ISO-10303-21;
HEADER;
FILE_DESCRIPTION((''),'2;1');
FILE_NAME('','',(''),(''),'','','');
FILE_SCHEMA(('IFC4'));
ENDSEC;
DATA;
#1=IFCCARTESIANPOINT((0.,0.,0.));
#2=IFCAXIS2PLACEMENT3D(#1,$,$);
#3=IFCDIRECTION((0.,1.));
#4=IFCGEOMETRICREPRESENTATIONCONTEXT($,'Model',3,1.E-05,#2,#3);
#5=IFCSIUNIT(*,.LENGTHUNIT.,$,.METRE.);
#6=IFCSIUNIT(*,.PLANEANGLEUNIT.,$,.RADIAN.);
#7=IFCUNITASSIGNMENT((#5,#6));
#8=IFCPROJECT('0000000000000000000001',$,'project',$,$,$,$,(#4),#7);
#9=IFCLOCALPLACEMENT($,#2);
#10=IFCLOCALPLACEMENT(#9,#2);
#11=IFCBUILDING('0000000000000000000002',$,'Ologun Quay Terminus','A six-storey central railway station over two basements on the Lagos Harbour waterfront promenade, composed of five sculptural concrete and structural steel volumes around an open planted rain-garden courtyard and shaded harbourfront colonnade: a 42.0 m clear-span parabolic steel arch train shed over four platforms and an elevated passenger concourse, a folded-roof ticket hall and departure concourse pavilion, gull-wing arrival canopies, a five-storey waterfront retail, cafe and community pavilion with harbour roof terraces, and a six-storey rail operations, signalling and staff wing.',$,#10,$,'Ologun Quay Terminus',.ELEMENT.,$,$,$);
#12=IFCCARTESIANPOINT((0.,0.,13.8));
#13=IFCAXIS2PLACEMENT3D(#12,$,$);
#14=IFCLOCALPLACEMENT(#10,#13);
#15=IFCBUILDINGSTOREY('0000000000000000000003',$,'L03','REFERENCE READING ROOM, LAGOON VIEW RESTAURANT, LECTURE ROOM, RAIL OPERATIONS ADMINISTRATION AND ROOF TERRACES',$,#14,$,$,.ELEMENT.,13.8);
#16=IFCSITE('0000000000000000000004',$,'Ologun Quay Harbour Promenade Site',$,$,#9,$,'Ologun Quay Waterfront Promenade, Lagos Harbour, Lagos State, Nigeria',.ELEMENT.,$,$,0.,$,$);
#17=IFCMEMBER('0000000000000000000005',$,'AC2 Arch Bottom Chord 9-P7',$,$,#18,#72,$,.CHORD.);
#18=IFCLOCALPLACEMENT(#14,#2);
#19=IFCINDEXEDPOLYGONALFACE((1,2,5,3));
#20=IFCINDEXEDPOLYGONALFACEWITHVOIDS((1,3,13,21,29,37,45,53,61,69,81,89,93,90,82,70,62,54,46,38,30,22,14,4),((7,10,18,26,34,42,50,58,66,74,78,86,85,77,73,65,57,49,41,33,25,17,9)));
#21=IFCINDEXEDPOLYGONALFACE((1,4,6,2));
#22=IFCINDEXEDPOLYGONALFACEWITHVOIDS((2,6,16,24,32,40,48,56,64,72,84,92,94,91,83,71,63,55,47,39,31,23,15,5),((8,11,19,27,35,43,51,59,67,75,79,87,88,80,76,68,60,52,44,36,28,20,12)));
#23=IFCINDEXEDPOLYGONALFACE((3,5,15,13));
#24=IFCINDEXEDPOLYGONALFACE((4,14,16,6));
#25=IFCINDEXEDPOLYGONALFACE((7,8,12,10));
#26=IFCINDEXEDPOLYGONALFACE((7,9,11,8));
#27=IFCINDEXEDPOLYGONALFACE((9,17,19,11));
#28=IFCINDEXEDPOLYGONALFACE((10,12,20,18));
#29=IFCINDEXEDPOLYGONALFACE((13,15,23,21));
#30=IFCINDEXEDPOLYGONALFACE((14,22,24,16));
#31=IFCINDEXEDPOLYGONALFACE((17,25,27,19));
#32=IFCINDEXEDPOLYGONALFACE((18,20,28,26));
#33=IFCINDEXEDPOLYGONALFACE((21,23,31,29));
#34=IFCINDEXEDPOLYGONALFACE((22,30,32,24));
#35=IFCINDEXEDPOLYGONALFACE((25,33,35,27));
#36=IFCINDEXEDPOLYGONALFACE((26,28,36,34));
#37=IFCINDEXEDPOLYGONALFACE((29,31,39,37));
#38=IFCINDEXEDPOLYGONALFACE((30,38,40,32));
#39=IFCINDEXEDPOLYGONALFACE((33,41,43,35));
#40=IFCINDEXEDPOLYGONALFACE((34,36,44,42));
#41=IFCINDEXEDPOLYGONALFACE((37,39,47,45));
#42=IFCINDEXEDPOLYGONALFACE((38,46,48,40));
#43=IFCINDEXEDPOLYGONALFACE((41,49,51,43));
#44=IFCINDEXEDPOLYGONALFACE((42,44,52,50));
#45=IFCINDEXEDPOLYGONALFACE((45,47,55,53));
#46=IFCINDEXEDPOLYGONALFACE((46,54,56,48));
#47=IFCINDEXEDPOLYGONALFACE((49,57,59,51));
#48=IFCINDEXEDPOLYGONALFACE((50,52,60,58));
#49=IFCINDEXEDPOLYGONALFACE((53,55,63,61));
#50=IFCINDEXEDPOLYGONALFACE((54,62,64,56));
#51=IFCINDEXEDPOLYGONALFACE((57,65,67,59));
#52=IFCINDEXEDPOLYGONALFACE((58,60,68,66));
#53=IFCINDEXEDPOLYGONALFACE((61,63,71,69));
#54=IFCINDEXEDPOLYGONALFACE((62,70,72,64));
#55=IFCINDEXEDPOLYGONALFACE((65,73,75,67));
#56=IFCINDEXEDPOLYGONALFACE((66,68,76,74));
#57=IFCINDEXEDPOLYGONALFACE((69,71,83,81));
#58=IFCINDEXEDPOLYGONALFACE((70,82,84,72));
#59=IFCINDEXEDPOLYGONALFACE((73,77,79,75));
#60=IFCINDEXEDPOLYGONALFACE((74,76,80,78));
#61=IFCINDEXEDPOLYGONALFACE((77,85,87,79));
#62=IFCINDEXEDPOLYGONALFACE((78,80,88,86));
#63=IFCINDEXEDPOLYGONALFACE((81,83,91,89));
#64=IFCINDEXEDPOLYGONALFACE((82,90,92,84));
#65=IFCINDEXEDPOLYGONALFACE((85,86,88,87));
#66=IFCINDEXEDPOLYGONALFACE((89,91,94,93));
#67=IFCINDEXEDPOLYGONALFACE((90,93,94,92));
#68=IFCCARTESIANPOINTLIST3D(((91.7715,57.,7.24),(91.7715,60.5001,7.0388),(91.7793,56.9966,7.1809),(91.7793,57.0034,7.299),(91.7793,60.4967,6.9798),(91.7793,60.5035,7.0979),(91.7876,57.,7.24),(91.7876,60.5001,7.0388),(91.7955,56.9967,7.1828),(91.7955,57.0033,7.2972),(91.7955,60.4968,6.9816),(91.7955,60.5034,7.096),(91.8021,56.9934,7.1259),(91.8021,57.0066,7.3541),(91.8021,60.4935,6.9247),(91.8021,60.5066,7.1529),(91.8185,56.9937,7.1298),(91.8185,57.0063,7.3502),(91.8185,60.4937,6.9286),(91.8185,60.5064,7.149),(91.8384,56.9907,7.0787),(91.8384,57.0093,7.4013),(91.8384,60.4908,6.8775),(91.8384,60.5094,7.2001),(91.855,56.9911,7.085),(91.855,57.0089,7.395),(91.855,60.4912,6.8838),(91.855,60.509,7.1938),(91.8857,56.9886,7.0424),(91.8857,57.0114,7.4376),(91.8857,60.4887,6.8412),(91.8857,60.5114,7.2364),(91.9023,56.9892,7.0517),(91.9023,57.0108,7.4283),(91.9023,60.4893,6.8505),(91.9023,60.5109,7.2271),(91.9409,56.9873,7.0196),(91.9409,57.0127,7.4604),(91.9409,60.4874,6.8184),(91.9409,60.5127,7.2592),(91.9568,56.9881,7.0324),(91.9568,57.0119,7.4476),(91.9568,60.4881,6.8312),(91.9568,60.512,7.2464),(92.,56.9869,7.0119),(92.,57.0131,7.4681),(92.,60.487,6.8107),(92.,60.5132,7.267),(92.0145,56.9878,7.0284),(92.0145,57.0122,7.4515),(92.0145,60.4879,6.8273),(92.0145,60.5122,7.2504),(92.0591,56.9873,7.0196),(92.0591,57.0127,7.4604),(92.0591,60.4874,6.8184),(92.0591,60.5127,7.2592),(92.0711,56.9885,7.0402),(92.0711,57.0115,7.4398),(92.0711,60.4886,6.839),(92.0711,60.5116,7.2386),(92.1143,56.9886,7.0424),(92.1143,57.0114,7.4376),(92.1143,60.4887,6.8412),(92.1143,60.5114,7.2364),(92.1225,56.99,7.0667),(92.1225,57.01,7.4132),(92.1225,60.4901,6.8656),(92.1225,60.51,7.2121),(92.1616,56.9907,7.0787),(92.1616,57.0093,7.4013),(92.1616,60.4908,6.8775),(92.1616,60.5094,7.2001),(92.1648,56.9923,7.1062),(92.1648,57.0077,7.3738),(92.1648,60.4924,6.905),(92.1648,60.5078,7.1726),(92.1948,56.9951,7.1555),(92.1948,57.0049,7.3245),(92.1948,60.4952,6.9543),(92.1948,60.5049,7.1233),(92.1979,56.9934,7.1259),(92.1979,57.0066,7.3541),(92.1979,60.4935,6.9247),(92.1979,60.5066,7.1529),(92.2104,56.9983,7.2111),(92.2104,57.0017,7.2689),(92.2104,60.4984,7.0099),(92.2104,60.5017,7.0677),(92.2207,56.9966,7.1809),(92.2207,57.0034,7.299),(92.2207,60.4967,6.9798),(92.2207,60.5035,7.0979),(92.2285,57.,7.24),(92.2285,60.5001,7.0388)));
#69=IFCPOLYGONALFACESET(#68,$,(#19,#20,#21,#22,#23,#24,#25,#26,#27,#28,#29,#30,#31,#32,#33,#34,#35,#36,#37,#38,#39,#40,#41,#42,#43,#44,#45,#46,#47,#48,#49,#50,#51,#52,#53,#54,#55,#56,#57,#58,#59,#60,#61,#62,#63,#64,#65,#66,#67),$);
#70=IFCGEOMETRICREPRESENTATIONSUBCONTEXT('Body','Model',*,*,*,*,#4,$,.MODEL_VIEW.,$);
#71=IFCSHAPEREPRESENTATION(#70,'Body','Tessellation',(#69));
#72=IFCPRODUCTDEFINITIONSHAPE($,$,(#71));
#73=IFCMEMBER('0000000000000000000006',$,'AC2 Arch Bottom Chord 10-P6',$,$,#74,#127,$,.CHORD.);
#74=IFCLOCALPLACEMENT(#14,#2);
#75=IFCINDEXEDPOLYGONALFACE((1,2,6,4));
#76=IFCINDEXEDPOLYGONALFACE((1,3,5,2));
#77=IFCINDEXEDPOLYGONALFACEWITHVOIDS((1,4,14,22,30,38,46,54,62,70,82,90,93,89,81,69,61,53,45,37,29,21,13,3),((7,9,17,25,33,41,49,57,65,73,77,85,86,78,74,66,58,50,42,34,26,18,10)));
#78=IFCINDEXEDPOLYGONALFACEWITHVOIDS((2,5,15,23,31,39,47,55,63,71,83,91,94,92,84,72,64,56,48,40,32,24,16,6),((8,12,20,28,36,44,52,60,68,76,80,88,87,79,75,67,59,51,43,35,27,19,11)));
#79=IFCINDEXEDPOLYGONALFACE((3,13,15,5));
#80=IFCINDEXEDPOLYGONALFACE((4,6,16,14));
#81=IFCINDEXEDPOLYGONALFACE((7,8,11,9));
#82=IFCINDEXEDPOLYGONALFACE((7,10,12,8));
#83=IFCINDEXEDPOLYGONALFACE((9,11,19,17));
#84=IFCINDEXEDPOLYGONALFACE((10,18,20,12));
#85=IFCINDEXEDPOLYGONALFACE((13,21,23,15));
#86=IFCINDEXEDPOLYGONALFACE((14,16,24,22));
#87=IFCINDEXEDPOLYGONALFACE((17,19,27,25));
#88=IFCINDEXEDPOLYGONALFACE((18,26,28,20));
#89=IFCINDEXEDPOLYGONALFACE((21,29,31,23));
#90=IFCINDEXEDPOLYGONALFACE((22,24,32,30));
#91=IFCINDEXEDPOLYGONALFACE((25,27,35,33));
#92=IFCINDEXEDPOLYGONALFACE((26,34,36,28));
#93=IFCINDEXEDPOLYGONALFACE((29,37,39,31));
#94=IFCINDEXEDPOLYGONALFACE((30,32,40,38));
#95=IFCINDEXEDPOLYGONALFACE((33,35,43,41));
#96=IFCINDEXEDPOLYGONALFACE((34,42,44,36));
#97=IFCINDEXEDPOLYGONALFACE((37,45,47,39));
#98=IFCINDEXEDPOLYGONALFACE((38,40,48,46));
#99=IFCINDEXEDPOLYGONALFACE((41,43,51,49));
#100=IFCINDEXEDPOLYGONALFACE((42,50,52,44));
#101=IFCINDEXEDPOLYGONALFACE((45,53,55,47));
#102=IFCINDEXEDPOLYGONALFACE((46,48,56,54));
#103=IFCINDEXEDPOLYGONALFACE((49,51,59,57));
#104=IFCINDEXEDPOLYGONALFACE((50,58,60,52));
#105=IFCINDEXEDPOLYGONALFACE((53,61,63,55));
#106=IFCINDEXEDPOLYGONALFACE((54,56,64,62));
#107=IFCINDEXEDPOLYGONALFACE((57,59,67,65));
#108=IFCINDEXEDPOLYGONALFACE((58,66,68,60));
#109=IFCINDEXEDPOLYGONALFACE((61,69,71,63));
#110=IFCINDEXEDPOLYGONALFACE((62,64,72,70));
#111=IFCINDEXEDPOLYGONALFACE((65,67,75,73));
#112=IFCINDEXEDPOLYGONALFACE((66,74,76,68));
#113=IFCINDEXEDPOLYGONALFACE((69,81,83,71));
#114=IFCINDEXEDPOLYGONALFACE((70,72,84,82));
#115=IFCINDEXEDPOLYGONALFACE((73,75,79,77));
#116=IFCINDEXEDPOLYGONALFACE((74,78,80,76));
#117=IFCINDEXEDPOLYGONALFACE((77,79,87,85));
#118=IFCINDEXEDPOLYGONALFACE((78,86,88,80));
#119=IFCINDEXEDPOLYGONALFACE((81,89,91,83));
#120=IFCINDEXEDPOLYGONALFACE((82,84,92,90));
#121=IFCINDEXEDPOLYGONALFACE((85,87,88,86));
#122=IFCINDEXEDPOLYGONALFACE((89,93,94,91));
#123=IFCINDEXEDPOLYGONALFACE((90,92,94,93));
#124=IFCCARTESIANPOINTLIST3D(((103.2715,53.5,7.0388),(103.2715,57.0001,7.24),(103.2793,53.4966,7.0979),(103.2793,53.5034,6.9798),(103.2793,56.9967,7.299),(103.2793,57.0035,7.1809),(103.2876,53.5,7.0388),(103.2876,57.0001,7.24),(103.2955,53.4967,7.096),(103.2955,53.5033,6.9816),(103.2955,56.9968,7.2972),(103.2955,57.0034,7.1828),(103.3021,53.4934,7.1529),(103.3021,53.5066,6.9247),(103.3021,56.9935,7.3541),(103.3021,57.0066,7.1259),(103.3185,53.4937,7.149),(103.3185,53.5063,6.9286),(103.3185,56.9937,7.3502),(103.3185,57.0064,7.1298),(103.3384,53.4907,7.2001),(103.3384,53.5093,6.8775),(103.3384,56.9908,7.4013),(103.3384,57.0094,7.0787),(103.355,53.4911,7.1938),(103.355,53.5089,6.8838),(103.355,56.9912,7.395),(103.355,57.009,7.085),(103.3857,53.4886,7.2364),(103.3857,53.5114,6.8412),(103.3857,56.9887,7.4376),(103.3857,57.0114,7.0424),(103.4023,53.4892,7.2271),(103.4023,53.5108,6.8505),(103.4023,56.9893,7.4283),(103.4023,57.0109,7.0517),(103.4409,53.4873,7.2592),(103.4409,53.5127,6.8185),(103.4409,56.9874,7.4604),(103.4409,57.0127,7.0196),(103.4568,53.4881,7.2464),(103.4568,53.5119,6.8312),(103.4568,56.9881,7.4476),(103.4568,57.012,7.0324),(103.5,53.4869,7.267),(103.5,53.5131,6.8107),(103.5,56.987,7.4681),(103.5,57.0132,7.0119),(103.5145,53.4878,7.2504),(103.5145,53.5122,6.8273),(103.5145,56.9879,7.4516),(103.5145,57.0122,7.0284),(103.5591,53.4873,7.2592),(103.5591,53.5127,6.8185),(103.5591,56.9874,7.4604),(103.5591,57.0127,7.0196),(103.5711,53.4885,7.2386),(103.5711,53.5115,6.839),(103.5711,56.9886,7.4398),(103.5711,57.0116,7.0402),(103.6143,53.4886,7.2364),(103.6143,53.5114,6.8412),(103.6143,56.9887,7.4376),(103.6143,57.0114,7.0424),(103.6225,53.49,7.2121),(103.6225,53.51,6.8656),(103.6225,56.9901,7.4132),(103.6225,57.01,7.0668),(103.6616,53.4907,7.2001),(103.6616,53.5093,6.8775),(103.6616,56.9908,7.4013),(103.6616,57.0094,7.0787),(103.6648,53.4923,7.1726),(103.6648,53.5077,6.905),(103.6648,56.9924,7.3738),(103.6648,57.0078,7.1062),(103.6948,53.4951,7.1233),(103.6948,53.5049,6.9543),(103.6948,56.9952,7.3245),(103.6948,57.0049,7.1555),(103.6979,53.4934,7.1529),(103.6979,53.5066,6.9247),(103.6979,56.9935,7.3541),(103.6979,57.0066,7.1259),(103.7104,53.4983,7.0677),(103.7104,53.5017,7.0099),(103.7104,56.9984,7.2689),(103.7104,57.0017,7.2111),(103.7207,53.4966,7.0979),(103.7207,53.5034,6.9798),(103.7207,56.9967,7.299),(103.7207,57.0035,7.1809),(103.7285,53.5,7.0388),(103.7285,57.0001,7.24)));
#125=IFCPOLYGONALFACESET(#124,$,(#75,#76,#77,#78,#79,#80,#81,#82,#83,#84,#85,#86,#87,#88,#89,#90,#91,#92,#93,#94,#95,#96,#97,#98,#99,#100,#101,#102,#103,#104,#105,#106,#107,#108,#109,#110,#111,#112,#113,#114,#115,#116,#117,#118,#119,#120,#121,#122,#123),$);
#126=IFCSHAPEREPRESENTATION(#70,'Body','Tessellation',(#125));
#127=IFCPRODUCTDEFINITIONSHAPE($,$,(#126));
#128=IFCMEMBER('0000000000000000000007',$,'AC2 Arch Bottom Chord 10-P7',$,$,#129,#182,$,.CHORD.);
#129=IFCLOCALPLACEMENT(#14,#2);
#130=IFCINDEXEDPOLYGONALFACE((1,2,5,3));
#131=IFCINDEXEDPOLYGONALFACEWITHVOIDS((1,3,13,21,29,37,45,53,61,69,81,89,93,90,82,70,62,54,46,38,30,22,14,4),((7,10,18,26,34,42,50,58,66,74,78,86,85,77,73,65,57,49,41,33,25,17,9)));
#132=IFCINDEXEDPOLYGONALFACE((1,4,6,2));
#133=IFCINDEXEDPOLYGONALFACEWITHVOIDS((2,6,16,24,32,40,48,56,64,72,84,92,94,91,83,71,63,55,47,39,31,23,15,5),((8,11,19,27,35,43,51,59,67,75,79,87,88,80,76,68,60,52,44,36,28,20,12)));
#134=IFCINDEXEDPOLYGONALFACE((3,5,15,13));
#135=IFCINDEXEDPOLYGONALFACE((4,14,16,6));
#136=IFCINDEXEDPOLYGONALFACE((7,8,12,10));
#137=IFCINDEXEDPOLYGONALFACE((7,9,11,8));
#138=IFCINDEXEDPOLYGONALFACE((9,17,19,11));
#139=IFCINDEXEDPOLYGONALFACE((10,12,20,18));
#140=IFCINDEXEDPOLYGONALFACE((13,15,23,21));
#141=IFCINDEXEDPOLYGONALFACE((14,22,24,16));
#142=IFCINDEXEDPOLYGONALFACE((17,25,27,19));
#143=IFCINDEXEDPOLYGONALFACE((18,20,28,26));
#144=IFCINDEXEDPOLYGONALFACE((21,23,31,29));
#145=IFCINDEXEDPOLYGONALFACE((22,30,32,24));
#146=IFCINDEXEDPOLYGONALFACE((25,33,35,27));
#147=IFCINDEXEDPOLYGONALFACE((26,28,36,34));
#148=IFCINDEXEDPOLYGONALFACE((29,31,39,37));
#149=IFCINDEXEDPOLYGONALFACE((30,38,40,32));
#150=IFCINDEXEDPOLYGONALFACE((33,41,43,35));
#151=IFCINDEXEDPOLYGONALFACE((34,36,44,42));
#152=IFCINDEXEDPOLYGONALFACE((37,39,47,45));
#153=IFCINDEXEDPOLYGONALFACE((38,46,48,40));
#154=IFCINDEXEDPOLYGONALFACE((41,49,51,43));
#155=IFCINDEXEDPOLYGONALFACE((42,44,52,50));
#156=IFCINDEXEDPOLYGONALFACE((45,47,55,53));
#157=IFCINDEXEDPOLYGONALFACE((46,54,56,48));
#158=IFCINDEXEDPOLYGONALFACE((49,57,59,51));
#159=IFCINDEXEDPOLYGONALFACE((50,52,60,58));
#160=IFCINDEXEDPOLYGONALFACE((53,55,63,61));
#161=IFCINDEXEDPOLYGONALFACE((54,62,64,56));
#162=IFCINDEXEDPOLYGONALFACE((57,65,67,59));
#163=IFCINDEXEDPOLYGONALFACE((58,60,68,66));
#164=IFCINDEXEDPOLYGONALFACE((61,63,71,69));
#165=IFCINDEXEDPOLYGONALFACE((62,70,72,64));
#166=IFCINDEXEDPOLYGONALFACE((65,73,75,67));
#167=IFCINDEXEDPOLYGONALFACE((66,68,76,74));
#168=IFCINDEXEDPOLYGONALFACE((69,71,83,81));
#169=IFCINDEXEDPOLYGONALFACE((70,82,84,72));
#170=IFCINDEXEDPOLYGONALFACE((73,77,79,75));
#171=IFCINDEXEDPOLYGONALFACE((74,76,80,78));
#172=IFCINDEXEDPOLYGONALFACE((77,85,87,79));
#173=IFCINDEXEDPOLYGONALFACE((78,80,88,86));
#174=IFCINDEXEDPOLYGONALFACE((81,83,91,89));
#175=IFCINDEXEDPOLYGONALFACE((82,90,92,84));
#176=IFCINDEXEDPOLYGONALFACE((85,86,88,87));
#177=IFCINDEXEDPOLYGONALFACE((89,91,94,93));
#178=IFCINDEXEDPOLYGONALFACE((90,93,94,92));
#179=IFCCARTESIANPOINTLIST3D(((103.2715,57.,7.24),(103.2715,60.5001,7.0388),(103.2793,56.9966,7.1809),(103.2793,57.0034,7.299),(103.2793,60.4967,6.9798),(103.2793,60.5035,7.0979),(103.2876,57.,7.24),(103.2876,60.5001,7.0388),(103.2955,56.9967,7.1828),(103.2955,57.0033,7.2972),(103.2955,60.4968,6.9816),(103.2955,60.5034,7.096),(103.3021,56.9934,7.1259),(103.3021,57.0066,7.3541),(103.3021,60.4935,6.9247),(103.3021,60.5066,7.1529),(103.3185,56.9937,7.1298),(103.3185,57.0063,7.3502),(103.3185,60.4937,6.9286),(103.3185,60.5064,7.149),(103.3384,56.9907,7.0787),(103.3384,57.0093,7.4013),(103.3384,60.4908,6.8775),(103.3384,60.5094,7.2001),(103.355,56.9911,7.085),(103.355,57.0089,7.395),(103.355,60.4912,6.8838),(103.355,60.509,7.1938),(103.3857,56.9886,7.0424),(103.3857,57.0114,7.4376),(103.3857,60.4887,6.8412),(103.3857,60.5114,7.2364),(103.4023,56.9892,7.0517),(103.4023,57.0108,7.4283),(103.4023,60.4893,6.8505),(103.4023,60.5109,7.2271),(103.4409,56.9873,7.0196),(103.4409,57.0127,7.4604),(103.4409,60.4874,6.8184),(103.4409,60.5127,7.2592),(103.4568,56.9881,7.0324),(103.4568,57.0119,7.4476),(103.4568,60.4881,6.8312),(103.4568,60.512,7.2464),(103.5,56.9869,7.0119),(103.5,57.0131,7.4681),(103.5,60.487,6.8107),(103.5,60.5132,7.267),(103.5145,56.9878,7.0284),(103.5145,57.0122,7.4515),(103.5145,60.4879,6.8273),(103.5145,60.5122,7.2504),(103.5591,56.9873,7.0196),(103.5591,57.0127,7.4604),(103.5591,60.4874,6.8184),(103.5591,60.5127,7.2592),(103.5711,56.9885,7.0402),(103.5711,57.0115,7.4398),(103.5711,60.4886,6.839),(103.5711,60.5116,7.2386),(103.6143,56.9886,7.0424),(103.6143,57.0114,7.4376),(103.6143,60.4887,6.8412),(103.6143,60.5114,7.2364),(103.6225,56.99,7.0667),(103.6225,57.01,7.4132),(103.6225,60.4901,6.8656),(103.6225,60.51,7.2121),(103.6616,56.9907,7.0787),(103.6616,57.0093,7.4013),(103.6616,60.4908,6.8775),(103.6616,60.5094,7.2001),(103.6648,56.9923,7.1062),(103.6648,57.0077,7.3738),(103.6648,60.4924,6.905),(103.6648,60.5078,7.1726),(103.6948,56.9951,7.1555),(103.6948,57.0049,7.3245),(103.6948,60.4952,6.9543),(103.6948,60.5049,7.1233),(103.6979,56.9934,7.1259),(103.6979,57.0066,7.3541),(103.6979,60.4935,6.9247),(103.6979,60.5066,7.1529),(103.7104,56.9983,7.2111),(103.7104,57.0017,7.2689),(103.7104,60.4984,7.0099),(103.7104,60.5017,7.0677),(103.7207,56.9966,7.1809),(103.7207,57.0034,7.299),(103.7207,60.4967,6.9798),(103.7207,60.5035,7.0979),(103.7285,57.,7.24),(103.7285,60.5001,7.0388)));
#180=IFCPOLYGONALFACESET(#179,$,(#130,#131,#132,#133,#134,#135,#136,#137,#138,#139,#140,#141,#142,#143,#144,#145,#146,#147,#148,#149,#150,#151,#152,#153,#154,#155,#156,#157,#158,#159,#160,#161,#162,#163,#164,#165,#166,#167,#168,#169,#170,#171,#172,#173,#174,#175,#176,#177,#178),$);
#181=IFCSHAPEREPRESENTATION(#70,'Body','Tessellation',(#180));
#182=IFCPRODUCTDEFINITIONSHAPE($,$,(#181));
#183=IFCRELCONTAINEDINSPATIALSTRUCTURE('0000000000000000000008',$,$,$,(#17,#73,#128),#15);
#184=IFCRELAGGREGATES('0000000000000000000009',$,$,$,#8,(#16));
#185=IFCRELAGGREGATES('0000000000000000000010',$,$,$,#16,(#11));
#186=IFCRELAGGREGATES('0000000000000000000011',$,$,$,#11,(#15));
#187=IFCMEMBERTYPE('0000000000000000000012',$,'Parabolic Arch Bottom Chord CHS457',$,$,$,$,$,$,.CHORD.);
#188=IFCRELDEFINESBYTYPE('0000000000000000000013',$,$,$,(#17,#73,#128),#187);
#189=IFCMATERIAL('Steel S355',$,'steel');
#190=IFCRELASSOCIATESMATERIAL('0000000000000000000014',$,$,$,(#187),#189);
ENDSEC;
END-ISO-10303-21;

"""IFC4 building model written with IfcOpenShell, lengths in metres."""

from ifc_helpers import new_model, si_unit, direction, frame, origin, origin_2d, place, context, subcontext, project, spatial, hollow_circle, extrude, material, material_profile, profile_set, type_object, element, save


model = new_model("IFC4")

# Units and contexts
model_context = context("Model", 3, precision=1e-05, world=origin(), true_north=direction((0.0, 1.0)))
body_context = subcontext(model_context, "Body", "Model", "MODEL_VIEW")
ifc_project = project(units=[si_unit("LENGTHUNIT", "METRE"), si_unit("PLANEANGLEUNIT", "RADIAN")], contexts=[model_context])

# Site, building, storey
site_placement = place(None, origin())
site = spatial("IfcSite", under=ifc_project, at=site_placement, Name="Ologun Quay Harbour Promenade Site", LongName="Ologun Quay Waterfront Promenade, Lagos Harbour, Lagos State, Nigeria", CompositionType="ELEMENT", RefElevation=0.0)
building_placement = place(site_placement, origin())
building = spatial("IfcBuilding", under=site, at=building_placement, Name="Ologun Quay Terminus", Description="A six-storey central railway station over two basements on the Lagos Harbour waterfront promenade, composed of five sculptural concrete and structural steel volumes around an open planted rain-garden courtyard and shaded harbourfront colonnade: a 42.0 m clear-span parabolic steel arch train shed over four platforms and an elevated passenger concourse, a folded-roof ticket hall and departure concourse pavilion, gull-wing arrival canopies, a five-storey waterfront retail, cafe and community pavilion with harbour roof terraces, and a six-storey rail operations, signalling and staff wing.", LongName="Ologun Quay Terminus", CompositionType="ELEMENT")
storey_placement = place(building_placement, frame((0.0, 0.0, 13.8)))
storey = spatial("IfcBuildingStorey", under=building, at=storey_placement, Name="L03", Description="REFERENCE READING ROOM, LAGOON VIEW RESTAURANT, LECTURE ROOM, RAIL OPERATIONS ADMINISTRATION AND ROOF TERRACES", CompositionType="ELEMENT", Elevation=13.8)

# Members
ifc_material_1 = material(Name="Steel S355", Category="steel")
ifc_material_profile_1 = material_profile(ifc_material_1, hollow_circle(Radius=0.2285, WallThickness=0.0161, at=origin_2d()), Name="CHS 457x16")
ifc_profile_set_1 = profile_set([ifc_material_profile_1], Name="Steel S355")
member_type_1 = type_object("IfcMemberType", Name="Parabolic Arch Bottom Chord CHS457", PredefinedType="CHORD", material=ifc_profile_set_1)
for number, where, z_axis, x_axis, name in (
    (1, (92.0, 57.0, 7.24), (0.0, 0.998352, -0.057383), (-1.0, 0.0, 0.0), "AC2 Arch Bottom Chord 9-P7"),
    (2, (103.5, 53.5, 7.0388), (0.0, 0.998352, 0.057383), (-1.0, 0.0, 0.0), "AC2 Arch Bottom Chord 10-P6"),
    (3, (103.5, 57.0, 7.24), (0.0, 0.998352, -0.057383), (-1.0, 0.0, 0.0), "AC2 Arch Bottom Chord 10-P7"),
):
    element("IfcMember", number, at=place(storey_placement, frame(where, z_axis=z_axis, x_axis=x_axis)), inside=storey, type_object=member_type_1, Name=name, PredefinedType="CHORD", context=body_context, shape_type="SweptSolid", body=[
        extrude(hollow_circle(Radius=0.2285, WallThickness=0.0161, at=origin_2d()), origin(), (0.0, 0.0, 1.0), 3.5059),
    ])

save(model, "model.ifc")
